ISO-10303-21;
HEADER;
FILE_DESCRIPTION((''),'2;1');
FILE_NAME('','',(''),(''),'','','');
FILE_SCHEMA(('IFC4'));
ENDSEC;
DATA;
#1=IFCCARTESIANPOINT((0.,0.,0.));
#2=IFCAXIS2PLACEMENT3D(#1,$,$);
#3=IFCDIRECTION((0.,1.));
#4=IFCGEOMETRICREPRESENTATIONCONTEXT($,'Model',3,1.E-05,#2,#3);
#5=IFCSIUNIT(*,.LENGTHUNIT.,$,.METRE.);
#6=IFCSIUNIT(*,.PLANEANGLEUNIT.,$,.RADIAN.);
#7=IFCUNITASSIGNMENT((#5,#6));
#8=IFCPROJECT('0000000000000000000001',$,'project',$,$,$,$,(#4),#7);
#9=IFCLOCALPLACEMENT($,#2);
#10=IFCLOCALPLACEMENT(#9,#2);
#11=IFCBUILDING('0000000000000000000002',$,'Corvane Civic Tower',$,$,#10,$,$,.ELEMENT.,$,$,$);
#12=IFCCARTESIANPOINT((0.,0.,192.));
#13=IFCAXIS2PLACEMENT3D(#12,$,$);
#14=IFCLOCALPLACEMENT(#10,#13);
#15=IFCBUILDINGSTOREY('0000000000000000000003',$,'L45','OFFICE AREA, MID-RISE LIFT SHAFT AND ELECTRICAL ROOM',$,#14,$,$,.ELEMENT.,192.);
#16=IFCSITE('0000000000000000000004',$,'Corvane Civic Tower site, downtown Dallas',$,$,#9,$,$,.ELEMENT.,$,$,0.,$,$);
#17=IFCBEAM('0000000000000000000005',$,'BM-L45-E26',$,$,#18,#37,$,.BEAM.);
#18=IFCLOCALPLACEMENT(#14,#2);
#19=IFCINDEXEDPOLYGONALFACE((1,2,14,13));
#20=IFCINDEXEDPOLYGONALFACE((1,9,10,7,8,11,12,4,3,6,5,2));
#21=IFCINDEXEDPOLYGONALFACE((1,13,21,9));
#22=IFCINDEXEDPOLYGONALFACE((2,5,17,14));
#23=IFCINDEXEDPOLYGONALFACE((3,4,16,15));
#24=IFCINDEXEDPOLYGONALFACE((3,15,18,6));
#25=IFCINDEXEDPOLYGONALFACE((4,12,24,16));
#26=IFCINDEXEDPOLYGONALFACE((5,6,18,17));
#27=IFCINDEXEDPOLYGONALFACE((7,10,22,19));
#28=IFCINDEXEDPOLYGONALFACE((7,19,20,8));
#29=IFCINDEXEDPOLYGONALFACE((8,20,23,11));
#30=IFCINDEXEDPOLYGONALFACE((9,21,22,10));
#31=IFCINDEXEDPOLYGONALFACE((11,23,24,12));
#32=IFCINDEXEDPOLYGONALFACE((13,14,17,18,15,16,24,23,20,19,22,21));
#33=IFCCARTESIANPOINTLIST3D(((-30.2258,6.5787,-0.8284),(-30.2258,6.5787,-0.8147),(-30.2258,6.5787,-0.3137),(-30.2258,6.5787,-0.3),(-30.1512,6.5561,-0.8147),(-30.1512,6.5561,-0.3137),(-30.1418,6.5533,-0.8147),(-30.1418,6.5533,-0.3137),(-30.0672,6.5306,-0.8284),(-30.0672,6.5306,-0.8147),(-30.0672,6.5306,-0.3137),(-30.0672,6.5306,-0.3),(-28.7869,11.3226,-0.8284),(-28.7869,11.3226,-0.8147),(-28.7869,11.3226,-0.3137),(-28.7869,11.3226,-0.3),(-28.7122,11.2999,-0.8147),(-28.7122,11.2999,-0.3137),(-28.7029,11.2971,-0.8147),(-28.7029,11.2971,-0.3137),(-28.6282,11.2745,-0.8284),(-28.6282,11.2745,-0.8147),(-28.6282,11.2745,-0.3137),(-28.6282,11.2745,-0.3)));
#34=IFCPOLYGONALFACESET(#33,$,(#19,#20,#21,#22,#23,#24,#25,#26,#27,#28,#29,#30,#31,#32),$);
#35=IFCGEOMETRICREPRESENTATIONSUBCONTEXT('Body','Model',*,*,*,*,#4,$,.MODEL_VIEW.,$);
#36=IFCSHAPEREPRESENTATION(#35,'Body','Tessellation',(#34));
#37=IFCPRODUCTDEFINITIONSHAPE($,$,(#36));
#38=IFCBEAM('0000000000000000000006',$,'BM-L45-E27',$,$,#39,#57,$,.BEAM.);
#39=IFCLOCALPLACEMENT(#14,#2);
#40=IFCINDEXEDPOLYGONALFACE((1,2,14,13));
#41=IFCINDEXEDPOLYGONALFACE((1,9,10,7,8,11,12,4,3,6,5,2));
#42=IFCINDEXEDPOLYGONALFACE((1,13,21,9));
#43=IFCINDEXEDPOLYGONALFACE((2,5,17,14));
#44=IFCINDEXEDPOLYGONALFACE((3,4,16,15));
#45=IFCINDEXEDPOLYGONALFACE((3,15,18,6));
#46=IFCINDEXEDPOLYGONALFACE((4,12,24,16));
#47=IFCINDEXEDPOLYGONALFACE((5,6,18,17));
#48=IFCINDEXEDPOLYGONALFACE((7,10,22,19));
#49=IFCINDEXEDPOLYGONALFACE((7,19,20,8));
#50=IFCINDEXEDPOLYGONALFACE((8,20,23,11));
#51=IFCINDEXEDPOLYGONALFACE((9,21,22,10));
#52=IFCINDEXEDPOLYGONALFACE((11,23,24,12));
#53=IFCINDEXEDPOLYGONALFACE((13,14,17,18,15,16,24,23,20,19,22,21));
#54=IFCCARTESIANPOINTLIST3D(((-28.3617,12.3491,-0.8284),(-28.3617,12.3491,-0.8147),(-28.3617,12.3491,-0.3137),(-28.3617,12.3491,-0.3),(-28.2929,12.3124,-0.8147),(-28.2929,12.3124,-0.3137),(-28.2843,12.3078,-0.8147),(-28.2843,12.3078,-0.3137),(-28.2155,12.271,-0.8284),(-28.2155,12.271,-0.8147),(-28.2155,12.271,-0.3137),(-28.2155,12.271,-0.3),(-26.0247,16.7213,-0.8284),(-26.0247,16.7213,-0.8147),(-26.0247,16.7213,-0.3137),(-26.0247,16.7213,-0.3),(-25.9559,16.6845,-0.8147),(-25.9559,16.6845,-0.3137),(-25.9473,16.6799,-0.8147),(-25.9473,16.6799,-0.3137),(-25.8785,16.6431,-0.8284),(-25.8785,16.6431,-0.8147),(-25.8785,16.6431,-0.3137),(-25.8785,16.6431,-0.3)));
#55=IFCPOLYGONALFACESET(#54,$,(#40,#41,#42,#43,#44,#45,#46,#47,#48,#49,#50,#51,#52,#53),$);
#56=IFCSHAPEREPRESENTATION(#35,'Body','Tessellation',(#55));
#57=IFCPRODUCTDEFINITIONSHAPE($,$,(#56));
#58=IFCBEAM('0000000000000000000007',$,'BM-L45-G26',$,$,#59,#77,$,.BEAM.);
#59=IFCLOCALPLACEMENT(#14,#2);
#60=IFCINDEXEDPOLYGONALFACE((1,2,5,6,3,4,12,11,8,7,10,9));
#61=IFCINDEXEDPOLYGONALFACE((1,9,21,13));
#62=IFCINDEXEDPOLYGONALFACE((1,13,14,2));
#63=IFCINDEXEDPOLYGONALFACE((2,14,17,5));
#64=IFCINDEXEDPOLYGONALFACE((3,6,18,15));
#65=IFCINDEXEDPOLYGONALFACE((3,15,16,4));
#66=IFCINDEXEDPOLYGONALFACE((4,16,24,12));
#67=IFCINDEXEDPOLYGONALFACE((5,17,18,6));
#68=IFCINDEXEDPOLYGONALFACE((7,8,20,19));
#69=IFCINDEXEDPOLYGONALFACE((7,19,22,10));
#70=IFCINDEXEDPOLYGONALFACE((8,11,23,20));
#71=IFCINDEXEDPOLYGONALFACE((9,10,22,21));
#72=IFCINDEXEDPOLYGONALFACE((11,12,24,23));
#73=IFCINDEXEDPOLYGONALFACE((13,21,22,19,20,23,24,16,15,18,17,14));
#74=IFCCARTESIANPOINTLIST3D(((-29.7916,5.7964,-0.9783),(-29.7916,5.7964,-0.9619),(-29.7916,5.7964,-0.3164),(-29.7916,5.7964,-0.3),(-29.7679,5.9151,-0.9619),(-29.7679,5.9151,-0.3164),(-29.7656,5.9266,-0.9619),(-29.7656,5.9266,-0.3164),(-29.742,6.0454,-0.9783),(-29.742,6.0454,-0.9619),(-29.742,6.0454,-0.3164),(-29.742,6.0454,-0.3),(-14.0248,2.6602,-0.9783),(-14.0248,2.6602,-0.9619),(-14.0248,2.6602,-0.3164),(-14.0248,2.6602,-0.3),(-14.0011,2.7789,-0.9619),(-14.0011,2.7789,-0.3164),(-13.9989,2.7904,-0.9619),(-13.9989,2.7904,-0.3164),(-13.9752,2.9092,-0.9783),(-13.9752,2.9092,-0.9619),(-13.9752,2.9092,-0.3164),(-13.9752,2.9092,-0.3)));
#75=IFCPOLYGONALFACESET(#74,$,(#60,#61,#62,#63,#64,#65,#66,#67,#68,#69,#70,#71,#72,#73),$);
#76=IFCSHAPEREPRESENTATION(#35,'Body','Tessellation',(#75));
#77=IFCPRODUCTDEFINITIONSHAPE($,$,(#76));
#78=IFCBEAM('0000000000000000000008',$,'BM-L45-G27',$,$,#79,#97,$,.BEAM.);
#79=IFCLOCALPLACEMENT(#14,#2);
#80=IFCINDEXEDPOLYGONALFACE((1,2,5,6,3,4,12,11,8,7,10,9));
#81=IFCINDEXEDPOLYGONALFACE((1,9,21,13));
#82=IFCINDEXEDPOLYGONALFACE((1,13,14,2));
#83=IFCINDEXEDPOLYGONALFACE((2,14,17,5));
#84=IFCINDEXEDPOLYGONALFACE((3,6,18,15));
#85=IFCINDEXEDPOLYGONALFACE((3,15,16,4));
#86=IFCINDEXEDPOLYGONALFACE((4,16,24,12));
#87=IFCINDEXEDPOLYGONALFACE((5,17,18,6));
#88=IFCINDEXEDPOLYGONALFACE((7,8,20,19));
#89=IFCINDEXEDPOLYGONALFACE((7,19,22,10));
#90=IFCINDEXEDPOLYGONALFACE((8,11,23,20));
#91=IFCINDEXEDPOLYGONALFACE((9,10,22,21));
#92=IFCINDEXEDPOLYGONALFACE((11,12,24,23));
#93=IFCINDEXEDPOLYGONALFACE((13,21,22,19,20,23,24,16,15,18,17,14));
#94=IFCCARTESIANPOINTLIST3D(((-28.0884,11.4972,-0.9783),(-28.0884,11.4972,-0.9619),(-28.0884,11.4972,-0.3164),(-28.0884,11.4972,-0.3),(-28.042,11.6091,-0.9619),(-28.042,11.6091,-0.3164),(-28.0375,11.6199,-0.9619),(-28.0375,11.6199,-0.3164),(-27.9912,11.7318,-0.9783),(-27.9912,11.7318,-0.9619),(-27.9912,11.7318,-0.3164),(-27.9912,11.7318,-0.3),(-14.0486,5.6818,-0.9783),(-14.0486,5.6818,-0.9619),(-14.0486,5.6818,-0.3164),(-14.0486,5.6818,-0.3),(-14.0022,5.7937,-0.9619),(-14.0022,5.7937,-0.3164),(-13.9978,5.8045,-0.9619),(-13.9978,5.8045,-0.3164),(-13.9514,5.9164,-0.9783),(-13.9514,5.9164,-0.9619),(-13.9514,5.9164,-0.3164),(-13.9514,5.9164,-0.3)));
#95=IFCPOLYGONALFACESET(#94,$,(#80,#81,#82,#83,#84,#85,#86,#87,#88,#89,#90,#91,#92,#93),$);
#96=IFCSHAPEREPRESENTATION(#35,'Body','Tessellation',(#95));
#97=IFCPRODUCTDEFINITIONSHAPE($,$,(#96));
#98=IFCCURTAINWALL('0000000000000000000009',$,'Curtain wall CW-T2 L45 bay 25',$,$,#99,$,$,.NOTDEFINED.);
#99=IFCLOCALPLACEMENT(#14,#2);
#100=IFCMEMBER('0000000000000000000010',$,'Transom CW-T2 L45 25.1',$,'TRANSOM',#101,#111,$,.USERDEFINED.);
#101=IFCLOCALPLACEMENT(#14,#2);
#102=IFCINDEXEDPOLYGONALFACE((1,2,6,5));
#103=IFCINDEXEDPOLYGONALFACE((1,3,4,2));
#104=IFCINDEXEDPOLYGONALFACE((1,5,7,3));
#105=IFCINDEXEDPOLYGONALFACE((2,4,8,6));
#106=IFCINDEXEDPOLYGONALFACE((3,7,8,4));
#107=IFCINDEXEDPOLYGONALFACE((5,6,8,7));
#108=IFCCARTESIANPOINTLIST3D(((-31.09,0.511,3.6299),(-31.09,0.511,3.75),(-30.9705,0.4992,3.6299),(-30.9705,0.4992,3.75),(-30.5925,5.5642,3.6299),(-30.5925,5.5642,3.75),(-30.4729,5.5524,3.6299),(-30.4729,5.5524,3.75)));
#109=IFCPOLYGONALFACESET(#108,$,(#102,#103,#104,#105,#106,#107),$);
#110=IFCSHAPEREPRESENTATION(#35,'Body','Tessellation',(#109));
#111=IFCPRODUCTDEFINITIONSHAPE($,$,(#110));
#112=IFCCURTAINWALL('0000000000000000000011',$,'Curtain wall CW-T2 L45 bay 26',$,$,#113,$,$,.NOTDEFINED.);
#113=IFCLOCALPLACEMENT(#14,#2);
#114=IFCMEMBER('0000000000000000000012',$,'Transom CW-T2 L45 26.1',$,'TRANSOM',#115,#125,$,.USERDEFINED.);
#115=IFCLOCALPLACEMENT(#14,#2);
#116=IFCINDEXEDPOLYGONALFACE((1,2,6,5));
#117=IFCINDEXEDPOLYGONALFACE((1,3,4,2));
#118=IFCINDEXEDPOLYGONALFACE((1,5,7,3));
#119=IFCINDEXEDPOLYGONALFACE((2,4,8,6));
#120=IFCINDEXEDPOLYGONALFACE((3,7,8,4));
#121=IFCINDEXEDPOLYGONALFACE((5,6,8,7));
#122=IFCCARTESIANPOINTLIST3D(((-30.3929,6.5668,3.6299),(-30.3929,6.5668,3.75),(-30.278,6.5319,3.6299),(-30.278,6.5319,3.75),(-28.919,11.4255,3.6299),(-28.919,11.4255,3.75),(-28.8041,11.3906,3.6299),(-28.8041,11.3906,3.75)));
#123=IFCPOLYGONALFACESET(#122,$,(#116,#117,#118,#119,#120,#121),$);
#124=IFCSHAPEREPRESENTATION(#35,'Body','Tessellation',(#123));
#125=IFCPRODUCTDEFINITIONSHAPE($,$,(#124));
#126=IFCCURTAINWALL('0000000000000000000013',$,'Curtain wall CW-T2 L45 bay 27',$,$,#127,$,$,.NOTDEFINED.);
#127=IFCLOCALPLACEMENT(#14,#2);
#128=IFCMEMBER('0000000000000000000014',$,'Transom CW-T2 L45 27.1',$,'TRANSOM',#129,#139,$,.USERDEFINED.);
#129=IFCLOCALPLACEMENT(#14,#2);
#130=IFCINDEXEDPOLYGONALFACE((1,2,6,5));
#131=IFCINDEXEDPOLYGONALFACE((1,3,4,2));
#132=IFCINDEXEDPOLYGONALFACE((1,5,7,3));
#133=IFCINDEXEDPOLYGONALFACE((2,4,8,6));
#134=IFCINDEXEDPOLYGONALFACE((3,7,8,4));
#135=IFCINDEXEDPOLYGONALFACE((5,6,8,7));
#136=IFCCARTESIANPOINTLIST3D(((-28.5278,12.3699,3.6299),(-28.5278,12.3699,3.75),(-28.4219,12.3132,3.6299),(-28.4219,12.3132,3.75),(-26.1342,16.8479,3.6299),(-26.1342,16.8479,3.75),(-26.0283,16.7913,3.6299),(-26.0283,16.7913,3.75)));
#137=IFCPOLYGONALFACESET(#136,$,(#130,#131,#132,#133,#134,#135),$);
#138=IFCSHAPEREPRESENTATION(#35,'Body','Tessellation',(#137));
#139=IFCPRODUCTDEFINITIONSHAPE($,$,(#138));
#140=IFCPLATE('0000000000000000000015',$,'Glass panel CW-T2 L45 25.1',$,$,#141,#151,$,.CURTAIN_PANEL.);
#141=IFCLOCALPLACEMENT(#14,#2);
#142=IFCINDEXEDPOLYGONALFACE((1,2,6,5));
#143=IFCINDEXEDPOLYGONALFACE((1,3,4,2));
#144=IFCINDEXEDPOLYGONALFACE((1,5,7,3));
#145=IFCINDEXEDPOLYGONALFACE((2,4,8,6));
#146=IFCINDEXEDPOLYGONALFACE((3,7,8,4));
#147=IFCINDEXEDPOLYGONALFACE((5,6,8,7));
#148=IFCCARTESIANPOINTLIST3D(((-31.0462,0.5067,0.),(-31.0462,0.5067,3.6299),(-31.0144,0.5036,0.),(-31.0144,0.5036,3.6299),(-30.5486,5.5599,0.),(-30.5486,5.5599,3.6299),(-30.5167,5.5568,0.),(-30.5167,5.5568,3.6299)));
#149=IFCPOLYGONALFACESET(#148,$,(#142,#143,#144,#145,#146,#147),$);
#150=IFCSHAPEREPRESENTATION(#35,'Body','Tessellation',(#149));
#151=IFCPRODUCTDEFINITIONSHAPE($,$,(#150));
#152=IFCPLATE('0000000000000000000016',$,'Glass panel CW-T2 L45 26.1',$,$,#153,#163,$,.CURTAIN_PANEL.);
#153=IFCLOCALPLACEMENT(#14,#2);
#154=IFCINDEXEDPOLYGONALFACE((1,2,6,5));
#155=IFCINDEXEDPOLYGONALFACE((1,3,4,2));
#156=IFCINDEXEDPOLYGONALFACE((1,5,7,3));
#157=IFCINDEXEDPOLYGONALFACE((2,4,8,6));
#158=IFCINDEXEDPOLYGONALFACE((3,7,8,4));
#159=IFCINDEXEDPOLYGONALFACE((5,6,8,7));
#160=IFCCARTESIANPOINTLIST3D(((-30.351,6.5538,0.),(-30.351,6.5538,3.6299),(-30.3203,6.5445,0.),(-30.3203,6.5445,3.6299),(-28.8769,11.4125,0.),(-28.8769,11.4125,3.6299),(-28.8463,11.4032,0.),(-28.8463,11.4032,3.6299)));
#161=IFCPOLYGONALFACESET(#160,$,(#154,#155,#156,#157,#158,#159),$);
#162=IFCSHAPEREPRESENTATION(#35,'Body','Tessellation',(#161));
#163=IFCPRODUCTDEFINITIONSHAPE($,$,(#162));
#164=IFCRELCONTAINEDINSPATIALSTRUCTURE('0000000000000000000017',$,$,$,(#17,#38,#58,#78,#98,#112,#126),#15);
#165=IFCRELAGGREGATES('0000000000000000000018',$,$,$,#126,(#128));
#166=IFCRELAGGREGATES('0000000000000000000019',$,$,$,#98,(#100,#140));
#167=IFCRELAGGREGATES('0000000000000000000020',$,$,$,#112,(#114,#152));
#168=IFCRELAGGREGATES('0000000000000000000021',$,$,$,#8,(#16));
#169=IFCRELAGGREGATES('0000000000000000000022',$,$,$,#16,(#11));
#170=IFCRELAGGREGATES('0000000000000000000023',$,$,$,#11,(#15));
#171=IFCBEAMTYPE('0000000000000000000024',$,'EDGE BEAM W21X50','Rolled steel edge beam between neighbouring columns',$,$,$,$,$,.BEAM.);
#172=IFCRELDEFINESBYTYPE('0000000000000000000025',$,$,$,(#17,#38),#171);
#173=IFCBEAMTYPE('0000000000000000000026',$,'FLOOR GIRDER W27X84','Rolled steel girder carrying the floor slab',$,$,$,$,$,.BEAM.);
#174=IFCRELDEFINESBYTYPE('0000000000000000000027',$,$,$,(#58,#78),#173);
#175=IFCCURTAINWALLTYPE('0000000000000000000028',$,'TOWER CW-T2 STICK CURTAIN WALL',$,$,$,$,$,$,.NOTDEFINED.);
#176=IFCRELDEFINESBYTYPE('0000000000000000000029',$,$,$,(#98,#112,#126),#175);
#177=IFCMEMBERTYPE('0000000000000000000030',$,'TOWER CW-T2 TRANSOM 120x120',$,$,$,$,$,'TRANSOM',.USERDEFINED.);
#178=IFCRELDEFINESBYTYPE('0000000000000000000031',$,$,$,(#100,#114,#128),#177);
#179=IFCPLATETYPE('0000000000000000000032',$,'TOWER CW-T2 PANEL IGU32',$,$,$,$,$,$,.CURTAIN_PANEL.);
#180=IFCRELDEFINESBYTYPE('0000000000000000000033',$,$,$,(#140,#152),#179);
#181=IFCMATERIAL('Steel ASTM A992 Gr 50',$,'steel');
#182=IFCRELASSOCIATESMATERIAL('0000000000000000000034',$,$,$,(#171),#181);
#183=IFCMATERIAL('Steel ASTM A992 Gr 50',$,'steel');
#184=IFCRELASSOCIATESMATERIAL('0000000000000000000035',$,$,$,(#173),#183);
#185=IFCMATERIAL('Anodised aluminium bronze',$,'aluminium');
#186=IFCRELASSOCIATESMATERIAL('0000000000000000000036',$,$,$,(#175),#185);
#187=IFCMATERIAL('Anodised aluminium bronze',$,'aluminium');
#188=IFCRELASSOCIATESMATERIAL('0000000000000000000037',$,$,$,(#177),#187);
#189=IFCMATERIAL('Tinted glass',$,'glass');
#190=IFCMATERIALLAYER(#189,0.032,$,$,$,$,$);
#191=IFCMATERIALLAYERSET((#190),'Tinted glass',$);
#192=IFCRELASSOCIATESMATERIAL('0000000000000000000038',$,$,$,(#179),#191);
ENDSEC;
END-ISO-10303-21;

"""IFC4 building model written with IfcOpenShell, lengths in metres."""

from ifc_helpers import new_model, si_unit, direction, frame, origin, origin_2d, place, context, subcontext, project, spatial, rectangle, i_section, extrude, material, layer, layer_set, material_profile, profile_set, type_object, element, aggregate, save


model = new_model("IFC4")

# Units and contexts
model_context = context("Model", 3, precision=1e-05, world=origin(), true_north=direction((0.0, 1.0)))
body_context = subcontext(model_context, "Body", "Model", "MODEL_VIEW")
ifc_project = project(units=[si_unit("LENGTHUNIT", "METRE"), si_unit("PLANEANGLEUNIT", "RADIAN")], contexts=[model_context])

# Site, building, storey
site_placement = place(None, origin())
site = spatial("IfcSite", under=ifc_project, at=site_placement, Name="Corvane Civic Tower site, downtown Dallas", CompositionType="ELEMENT", RefElevation=0.0)
building_placement = place(site_placement, origin())
building = spatial("IfcBuilding", under=site, at=building_placement, Name="Corvane Civic Tower", CompositionType="ELEMENT")
storey_placement = place(building_placement, frame((0.0, 0.0, 192.0)))
storey = spatial("IfcBuildingStorey", under=building, at=storey_placement, Name="L45", Description="OFFICE AREA, MID-RISE LIFT SHAFT AND ELECTRICAL ROOM", CompositionType="ELEMENT", Elevation=192.0)

# Beams
ifc_material_1 = material(Name="Steel ASTM A992 Gr 50", Category="steel")
ifc_material_profile_1 = material_profile(ifc_material_1, i_section(OverallWidth=0.1658, OverallDepth=0.5283, WebThickness=0.0098, FlangeThickness=0.0137, at=origin_2d()), Name="W21X50")
ifc_profile_set_1 = profile_set([ifc_material_profile_1], Name="Steel ASTM A992 Gr 50")
beam_type_1 = type_object("IfcBeamType", Name="EDGE BEAM W21X50", Description="Rolled steel edge beam between neighbouring columns", PredefinedType="BEAM", material=ifc_profile_set_1)
beam_1_placement = place(storey_placement, frame((-30.1465, 6.5547, -0.5642), z_axis=(0.29027, 0.956945, 0.0), x_axis=(-0.956945, 0.29027, 0.0)))
element("IfcBeam", 1, at=beam_1_placement, inside=storey, type_object=beam_type_1, Name="BM-L45-E26", PredefinedType="BEAM", context=body_context, shape_type="SweptSolid", body=[
    extrude(i_section(OverallWidth=0.1658, OverallDepth=0.5283, WebThickness=0.0098, FlangeThickness=0.0137, at=origin_2d()), origin(), (0.0, 0.0, 1.0), 4.9573),
])
beam_2_placement = place(storey_placement, frame((-28.2886, 12.3101, -0.5642), z_axis=(0.471396, 0.881922, 0.0), x_axis=(-0.881922, 0.471396, 0.0)))
element("IfcBeam", 2, at=beam_2_placement, inside=storey, type_object=beam_type_1, Name="BM-L45-E27", PredefinedType="BEAM", context=body_context, shape_type="SweptSolid", body=[
    extrude(i_section(OverallWidth=0.1658, OverallDepth=0.5283, WebThickness=0.0098, FlangeThickness=0.0137, at=origin_2d()), origin(), (0.0, 0.0, 1.0), 4.9575),
])
ifc_material_2 = material(Name="Steel ASTM A992 Gr 50", Category="steel")
ifc_material_profile_2 = material_profile(ifc_material_2, i_section(OverallWidth=0.2539, OverallDepth=0.6782, WebThickness=0.0117, FlangeThickness=0.0164, at=origin_2d()), Name="W27X84")
ifc_profile_set_2 = profile_set([ifc_material_profile_2], Name="Steel ASTM A992 Gr 50")
beam_type_2 = type_object("IfcBeamType", Name="FLOOR GIRDER W27X84", Description="Rolled steel girder carrying the floor slab", PredefinedType="BEAM", material=ifc_profile_set_2)
beam_3_placement = place(storey_placement, frame((-14.0, 2.7847, -0.6392), z_axis=(-0.980785, 0.195091, 0.0), x_axis=(-0.195091, -0.980785, 0.0)))
element("IfcBeam", 3, at=beam_3_placement, inside=storey, type_object=beam_type_2, Name="BM-L45-G26", PredefinedType="BEAM", context=body_context, shape_type="SweptSolid", body=[
    extrude(i_section(OverallWidth=0.2539, OverallDepth=0.6782, WebThickness=0.0117, FlangeThickness=0.0164, at=origin_2d()), origin(), (0.0, 0.0, 1.0), 16.0757),
])
beam_4_placement = place(storey_placement, frame((-14.0, 5.7991, -0.6392), z_axis=(-0.923881, 0.382681, 0.0), x_axis=(-0.382681, -0.923881, 0.0)))
element("IfcBeam", 4, at=beam_4_placement, inside=storey, type_object=beam_type_2, Name="BM-L45-G27", PredefinedType="BEAM", context=body_context, shape_type="SweptSolid", body=[
    extrude(i_section(OverallWidth=0.2539, OverallDepth=0.6782, WebThickness=0.0117, FlangeThickness=0.0164, at=origin_2d()), origin(), (0.0, 0.0, 1.0), 15.1965),
])

# Curtain walls, members
ifc_material_3 = material(Name="Anodised aluminium bronze", Category="aluminium")
curtain_wall_type = type_object("IfcCurtainWallType", Name="TOWER CW-T2 STICK CURTAIN WALL", PredefinedType="NOTDEFINED", material=ifc_material_3)
curtain_wall_1_placement = place(storey_placement, origin())
curtain_wall_1 = element("IfcCurtainWall", 5, at=curtain_wall_1_placement, inside=storey, type_object=curtain_wall_type, Name="Curtain wall CW-T2 L45 bay 25", PredefinedType="NOTDEFINED")
ifc_material_4 = material(Name="Anodised aluminium bronze", Category="aluminium")
ifc_material_profile_3 = material_profile(ifc_material_4, rectangle(XDim=0.1201, YDim=0.1201, at=origin_2d()), Name="TOWER CW-T2 TRANSOM 120x120")
ifc_profile_set_3 = profile_set([ifc_material_profile_3], Name="Anodised aluminium bronze")
member_type = type_object("IfcMemberType", Name="TOWER CW-T2 TRANSOM 120x120", ElementType="TRANSOM", PredefinedType="USERDEFINED", material=ifc_profile_set_3)
member_1_placement = place(storey_placement, frame((-31.0303, 0.5051, 3.6899), z_axis=(0.09799, 0.995187, 0.0), x_axis=(-0.995187, 0.09799, 0.0)))
member_1 = element("IfcMember", 6, at=member_1_placement, type_object=member_type, Name="Transom CW-T2 L45 25.1", ObjectType="TRANSOM", PredefinedType="USERDEFINED", context=body_context, shape_type="SweptSolid", body=[
    extrude(rectangle(XDim=0.1201, YDim=0.1201, at=origin_2d()), origin(), (0.0, 0.0, 1.0), 5.0776),
])
curtain_wall_2_placement = place(storey_placement, origin())
curtain_wall_2 = element("IfcCurtainWall", 7, at=curtain_wall_2_placement, inside=storey, type_object=curtain_wall_type, Name="Curtain wall CW-T2 L45 bay 26", PredefinedType="NOTDEFINED")
member_2_placement = place(storey_placement, frame((-30.3354, 6.5493, 3.6899), z_axis=(0.290289, 0.956939, 0.0), x_axis=(-0.956939, 0.290289, 0.0)))
member_2 = element("IfcMember", 8, at=member_2_placement, type_object=member_type, Name="Transom CW-T2 L45 26.1", ObjectType="TRANSOM", PredefinedType="USERDEFINED", context=body_context, shape_type="SweptSolid", body=[
    extrude(rectangle(XDim=0.1201, YDim=0.1201, at=origin_2d()), origin(), (0.0, 0.0, 1.0), 5.0774),
])
curtain_wall_3_placement = place(storey_placement, origin())
curtain_wall_3 = element("IfcCurtainWall", 9, at=curtain_wall_3_placement, inside=storey, type_object=curtain_wall_type, Name="Curtain wall CW-T2 L45 bay 27", PredefinedType="NOTDEFINED")
member_3_placement = place(storey_placement, frame((-28.4749, 12.3416, 3.6899), z_axis=(0.471397, 0.881921, 0.0), x_axis=(-0.881921, 0.471397, 0.0)))
member_3 = element("IfcMember", 10, at=member_3_placement, type_object=member_type, Name="Transom CW-T2 L45 27.1", ObjectType="TRANSOM", PredefinedType="USERDEFINED", context=body_context, shape_type="SweptSolid", body=[
    extrude(rectangle(XDim=0.1201, YDim=0.1201, at=origin_2d()), origin(), (0.0, 0.0, 1.0), 5.0776),
])
aggregate(curtain_wall_3, [member_3])

# Plates
ifc_material_5 = material(Name="Tinted glass", Category="glass")
ifc_layer_1 = layer(ifc_material_5, 0.032)
ifc_layer_set_1 = layer_set([ifc_layer_1], Name="Tinted glass")
plate_type = type_object("IfcPlateType", Name="TOWER CW-T2 PANEL IGU32", PredefinedType="CURTAIN_PANEL", material=ifc_layer_set_1)
plate_1_placement = place(storey_placement, frame((-30.7815, 3.0317, 0.0), z_axis=(0.0, 0.0, 1.0), x_axis=(0.098012, 0.995185, 0.0)))
plate_1 = element("IfcPlate", 11, at=plate_1_placement, type_object=plate_type, Name="Glass panel CW-T2 L45 25.1", PredefinedType="CURTAIN_PANEL", context=body_context, shape_type="SweptSolid", body=[
    extrude(rectangle(XDim=5.0776, YDim=0.032, at=origin_2d()), origin(), (0.0, 0.0, 1.0), 3.6299),
])
aggregate(curtain_wall_1, [member_1, plate_1])
plate_2_placement = place(storey_placement, frame((-29.5986, 8.9785, 0.0), z_axis=(0.0, 0.0, 1.0), x_axis=(0.290313, 0.956932, 0.0)))
plate_2 = element("IfcPlate", 12, at=plate_2_placement, type_object=plate_type, Name="Glass panel CW-T2 L45 26.1", PredefinedType="CURTAIN_PANEL", context=body_context, shape_type="SweptSolid", body=[
    extrude(rectangle(XDim=5.0774, YDim=0.032, at=origin_2d()), origin(), (0.0, 0.0, 1.0), 3.6299),
])
aggregate(curtain_wall_2, [member_2, plate_2])

save(model, "model.ifc")
